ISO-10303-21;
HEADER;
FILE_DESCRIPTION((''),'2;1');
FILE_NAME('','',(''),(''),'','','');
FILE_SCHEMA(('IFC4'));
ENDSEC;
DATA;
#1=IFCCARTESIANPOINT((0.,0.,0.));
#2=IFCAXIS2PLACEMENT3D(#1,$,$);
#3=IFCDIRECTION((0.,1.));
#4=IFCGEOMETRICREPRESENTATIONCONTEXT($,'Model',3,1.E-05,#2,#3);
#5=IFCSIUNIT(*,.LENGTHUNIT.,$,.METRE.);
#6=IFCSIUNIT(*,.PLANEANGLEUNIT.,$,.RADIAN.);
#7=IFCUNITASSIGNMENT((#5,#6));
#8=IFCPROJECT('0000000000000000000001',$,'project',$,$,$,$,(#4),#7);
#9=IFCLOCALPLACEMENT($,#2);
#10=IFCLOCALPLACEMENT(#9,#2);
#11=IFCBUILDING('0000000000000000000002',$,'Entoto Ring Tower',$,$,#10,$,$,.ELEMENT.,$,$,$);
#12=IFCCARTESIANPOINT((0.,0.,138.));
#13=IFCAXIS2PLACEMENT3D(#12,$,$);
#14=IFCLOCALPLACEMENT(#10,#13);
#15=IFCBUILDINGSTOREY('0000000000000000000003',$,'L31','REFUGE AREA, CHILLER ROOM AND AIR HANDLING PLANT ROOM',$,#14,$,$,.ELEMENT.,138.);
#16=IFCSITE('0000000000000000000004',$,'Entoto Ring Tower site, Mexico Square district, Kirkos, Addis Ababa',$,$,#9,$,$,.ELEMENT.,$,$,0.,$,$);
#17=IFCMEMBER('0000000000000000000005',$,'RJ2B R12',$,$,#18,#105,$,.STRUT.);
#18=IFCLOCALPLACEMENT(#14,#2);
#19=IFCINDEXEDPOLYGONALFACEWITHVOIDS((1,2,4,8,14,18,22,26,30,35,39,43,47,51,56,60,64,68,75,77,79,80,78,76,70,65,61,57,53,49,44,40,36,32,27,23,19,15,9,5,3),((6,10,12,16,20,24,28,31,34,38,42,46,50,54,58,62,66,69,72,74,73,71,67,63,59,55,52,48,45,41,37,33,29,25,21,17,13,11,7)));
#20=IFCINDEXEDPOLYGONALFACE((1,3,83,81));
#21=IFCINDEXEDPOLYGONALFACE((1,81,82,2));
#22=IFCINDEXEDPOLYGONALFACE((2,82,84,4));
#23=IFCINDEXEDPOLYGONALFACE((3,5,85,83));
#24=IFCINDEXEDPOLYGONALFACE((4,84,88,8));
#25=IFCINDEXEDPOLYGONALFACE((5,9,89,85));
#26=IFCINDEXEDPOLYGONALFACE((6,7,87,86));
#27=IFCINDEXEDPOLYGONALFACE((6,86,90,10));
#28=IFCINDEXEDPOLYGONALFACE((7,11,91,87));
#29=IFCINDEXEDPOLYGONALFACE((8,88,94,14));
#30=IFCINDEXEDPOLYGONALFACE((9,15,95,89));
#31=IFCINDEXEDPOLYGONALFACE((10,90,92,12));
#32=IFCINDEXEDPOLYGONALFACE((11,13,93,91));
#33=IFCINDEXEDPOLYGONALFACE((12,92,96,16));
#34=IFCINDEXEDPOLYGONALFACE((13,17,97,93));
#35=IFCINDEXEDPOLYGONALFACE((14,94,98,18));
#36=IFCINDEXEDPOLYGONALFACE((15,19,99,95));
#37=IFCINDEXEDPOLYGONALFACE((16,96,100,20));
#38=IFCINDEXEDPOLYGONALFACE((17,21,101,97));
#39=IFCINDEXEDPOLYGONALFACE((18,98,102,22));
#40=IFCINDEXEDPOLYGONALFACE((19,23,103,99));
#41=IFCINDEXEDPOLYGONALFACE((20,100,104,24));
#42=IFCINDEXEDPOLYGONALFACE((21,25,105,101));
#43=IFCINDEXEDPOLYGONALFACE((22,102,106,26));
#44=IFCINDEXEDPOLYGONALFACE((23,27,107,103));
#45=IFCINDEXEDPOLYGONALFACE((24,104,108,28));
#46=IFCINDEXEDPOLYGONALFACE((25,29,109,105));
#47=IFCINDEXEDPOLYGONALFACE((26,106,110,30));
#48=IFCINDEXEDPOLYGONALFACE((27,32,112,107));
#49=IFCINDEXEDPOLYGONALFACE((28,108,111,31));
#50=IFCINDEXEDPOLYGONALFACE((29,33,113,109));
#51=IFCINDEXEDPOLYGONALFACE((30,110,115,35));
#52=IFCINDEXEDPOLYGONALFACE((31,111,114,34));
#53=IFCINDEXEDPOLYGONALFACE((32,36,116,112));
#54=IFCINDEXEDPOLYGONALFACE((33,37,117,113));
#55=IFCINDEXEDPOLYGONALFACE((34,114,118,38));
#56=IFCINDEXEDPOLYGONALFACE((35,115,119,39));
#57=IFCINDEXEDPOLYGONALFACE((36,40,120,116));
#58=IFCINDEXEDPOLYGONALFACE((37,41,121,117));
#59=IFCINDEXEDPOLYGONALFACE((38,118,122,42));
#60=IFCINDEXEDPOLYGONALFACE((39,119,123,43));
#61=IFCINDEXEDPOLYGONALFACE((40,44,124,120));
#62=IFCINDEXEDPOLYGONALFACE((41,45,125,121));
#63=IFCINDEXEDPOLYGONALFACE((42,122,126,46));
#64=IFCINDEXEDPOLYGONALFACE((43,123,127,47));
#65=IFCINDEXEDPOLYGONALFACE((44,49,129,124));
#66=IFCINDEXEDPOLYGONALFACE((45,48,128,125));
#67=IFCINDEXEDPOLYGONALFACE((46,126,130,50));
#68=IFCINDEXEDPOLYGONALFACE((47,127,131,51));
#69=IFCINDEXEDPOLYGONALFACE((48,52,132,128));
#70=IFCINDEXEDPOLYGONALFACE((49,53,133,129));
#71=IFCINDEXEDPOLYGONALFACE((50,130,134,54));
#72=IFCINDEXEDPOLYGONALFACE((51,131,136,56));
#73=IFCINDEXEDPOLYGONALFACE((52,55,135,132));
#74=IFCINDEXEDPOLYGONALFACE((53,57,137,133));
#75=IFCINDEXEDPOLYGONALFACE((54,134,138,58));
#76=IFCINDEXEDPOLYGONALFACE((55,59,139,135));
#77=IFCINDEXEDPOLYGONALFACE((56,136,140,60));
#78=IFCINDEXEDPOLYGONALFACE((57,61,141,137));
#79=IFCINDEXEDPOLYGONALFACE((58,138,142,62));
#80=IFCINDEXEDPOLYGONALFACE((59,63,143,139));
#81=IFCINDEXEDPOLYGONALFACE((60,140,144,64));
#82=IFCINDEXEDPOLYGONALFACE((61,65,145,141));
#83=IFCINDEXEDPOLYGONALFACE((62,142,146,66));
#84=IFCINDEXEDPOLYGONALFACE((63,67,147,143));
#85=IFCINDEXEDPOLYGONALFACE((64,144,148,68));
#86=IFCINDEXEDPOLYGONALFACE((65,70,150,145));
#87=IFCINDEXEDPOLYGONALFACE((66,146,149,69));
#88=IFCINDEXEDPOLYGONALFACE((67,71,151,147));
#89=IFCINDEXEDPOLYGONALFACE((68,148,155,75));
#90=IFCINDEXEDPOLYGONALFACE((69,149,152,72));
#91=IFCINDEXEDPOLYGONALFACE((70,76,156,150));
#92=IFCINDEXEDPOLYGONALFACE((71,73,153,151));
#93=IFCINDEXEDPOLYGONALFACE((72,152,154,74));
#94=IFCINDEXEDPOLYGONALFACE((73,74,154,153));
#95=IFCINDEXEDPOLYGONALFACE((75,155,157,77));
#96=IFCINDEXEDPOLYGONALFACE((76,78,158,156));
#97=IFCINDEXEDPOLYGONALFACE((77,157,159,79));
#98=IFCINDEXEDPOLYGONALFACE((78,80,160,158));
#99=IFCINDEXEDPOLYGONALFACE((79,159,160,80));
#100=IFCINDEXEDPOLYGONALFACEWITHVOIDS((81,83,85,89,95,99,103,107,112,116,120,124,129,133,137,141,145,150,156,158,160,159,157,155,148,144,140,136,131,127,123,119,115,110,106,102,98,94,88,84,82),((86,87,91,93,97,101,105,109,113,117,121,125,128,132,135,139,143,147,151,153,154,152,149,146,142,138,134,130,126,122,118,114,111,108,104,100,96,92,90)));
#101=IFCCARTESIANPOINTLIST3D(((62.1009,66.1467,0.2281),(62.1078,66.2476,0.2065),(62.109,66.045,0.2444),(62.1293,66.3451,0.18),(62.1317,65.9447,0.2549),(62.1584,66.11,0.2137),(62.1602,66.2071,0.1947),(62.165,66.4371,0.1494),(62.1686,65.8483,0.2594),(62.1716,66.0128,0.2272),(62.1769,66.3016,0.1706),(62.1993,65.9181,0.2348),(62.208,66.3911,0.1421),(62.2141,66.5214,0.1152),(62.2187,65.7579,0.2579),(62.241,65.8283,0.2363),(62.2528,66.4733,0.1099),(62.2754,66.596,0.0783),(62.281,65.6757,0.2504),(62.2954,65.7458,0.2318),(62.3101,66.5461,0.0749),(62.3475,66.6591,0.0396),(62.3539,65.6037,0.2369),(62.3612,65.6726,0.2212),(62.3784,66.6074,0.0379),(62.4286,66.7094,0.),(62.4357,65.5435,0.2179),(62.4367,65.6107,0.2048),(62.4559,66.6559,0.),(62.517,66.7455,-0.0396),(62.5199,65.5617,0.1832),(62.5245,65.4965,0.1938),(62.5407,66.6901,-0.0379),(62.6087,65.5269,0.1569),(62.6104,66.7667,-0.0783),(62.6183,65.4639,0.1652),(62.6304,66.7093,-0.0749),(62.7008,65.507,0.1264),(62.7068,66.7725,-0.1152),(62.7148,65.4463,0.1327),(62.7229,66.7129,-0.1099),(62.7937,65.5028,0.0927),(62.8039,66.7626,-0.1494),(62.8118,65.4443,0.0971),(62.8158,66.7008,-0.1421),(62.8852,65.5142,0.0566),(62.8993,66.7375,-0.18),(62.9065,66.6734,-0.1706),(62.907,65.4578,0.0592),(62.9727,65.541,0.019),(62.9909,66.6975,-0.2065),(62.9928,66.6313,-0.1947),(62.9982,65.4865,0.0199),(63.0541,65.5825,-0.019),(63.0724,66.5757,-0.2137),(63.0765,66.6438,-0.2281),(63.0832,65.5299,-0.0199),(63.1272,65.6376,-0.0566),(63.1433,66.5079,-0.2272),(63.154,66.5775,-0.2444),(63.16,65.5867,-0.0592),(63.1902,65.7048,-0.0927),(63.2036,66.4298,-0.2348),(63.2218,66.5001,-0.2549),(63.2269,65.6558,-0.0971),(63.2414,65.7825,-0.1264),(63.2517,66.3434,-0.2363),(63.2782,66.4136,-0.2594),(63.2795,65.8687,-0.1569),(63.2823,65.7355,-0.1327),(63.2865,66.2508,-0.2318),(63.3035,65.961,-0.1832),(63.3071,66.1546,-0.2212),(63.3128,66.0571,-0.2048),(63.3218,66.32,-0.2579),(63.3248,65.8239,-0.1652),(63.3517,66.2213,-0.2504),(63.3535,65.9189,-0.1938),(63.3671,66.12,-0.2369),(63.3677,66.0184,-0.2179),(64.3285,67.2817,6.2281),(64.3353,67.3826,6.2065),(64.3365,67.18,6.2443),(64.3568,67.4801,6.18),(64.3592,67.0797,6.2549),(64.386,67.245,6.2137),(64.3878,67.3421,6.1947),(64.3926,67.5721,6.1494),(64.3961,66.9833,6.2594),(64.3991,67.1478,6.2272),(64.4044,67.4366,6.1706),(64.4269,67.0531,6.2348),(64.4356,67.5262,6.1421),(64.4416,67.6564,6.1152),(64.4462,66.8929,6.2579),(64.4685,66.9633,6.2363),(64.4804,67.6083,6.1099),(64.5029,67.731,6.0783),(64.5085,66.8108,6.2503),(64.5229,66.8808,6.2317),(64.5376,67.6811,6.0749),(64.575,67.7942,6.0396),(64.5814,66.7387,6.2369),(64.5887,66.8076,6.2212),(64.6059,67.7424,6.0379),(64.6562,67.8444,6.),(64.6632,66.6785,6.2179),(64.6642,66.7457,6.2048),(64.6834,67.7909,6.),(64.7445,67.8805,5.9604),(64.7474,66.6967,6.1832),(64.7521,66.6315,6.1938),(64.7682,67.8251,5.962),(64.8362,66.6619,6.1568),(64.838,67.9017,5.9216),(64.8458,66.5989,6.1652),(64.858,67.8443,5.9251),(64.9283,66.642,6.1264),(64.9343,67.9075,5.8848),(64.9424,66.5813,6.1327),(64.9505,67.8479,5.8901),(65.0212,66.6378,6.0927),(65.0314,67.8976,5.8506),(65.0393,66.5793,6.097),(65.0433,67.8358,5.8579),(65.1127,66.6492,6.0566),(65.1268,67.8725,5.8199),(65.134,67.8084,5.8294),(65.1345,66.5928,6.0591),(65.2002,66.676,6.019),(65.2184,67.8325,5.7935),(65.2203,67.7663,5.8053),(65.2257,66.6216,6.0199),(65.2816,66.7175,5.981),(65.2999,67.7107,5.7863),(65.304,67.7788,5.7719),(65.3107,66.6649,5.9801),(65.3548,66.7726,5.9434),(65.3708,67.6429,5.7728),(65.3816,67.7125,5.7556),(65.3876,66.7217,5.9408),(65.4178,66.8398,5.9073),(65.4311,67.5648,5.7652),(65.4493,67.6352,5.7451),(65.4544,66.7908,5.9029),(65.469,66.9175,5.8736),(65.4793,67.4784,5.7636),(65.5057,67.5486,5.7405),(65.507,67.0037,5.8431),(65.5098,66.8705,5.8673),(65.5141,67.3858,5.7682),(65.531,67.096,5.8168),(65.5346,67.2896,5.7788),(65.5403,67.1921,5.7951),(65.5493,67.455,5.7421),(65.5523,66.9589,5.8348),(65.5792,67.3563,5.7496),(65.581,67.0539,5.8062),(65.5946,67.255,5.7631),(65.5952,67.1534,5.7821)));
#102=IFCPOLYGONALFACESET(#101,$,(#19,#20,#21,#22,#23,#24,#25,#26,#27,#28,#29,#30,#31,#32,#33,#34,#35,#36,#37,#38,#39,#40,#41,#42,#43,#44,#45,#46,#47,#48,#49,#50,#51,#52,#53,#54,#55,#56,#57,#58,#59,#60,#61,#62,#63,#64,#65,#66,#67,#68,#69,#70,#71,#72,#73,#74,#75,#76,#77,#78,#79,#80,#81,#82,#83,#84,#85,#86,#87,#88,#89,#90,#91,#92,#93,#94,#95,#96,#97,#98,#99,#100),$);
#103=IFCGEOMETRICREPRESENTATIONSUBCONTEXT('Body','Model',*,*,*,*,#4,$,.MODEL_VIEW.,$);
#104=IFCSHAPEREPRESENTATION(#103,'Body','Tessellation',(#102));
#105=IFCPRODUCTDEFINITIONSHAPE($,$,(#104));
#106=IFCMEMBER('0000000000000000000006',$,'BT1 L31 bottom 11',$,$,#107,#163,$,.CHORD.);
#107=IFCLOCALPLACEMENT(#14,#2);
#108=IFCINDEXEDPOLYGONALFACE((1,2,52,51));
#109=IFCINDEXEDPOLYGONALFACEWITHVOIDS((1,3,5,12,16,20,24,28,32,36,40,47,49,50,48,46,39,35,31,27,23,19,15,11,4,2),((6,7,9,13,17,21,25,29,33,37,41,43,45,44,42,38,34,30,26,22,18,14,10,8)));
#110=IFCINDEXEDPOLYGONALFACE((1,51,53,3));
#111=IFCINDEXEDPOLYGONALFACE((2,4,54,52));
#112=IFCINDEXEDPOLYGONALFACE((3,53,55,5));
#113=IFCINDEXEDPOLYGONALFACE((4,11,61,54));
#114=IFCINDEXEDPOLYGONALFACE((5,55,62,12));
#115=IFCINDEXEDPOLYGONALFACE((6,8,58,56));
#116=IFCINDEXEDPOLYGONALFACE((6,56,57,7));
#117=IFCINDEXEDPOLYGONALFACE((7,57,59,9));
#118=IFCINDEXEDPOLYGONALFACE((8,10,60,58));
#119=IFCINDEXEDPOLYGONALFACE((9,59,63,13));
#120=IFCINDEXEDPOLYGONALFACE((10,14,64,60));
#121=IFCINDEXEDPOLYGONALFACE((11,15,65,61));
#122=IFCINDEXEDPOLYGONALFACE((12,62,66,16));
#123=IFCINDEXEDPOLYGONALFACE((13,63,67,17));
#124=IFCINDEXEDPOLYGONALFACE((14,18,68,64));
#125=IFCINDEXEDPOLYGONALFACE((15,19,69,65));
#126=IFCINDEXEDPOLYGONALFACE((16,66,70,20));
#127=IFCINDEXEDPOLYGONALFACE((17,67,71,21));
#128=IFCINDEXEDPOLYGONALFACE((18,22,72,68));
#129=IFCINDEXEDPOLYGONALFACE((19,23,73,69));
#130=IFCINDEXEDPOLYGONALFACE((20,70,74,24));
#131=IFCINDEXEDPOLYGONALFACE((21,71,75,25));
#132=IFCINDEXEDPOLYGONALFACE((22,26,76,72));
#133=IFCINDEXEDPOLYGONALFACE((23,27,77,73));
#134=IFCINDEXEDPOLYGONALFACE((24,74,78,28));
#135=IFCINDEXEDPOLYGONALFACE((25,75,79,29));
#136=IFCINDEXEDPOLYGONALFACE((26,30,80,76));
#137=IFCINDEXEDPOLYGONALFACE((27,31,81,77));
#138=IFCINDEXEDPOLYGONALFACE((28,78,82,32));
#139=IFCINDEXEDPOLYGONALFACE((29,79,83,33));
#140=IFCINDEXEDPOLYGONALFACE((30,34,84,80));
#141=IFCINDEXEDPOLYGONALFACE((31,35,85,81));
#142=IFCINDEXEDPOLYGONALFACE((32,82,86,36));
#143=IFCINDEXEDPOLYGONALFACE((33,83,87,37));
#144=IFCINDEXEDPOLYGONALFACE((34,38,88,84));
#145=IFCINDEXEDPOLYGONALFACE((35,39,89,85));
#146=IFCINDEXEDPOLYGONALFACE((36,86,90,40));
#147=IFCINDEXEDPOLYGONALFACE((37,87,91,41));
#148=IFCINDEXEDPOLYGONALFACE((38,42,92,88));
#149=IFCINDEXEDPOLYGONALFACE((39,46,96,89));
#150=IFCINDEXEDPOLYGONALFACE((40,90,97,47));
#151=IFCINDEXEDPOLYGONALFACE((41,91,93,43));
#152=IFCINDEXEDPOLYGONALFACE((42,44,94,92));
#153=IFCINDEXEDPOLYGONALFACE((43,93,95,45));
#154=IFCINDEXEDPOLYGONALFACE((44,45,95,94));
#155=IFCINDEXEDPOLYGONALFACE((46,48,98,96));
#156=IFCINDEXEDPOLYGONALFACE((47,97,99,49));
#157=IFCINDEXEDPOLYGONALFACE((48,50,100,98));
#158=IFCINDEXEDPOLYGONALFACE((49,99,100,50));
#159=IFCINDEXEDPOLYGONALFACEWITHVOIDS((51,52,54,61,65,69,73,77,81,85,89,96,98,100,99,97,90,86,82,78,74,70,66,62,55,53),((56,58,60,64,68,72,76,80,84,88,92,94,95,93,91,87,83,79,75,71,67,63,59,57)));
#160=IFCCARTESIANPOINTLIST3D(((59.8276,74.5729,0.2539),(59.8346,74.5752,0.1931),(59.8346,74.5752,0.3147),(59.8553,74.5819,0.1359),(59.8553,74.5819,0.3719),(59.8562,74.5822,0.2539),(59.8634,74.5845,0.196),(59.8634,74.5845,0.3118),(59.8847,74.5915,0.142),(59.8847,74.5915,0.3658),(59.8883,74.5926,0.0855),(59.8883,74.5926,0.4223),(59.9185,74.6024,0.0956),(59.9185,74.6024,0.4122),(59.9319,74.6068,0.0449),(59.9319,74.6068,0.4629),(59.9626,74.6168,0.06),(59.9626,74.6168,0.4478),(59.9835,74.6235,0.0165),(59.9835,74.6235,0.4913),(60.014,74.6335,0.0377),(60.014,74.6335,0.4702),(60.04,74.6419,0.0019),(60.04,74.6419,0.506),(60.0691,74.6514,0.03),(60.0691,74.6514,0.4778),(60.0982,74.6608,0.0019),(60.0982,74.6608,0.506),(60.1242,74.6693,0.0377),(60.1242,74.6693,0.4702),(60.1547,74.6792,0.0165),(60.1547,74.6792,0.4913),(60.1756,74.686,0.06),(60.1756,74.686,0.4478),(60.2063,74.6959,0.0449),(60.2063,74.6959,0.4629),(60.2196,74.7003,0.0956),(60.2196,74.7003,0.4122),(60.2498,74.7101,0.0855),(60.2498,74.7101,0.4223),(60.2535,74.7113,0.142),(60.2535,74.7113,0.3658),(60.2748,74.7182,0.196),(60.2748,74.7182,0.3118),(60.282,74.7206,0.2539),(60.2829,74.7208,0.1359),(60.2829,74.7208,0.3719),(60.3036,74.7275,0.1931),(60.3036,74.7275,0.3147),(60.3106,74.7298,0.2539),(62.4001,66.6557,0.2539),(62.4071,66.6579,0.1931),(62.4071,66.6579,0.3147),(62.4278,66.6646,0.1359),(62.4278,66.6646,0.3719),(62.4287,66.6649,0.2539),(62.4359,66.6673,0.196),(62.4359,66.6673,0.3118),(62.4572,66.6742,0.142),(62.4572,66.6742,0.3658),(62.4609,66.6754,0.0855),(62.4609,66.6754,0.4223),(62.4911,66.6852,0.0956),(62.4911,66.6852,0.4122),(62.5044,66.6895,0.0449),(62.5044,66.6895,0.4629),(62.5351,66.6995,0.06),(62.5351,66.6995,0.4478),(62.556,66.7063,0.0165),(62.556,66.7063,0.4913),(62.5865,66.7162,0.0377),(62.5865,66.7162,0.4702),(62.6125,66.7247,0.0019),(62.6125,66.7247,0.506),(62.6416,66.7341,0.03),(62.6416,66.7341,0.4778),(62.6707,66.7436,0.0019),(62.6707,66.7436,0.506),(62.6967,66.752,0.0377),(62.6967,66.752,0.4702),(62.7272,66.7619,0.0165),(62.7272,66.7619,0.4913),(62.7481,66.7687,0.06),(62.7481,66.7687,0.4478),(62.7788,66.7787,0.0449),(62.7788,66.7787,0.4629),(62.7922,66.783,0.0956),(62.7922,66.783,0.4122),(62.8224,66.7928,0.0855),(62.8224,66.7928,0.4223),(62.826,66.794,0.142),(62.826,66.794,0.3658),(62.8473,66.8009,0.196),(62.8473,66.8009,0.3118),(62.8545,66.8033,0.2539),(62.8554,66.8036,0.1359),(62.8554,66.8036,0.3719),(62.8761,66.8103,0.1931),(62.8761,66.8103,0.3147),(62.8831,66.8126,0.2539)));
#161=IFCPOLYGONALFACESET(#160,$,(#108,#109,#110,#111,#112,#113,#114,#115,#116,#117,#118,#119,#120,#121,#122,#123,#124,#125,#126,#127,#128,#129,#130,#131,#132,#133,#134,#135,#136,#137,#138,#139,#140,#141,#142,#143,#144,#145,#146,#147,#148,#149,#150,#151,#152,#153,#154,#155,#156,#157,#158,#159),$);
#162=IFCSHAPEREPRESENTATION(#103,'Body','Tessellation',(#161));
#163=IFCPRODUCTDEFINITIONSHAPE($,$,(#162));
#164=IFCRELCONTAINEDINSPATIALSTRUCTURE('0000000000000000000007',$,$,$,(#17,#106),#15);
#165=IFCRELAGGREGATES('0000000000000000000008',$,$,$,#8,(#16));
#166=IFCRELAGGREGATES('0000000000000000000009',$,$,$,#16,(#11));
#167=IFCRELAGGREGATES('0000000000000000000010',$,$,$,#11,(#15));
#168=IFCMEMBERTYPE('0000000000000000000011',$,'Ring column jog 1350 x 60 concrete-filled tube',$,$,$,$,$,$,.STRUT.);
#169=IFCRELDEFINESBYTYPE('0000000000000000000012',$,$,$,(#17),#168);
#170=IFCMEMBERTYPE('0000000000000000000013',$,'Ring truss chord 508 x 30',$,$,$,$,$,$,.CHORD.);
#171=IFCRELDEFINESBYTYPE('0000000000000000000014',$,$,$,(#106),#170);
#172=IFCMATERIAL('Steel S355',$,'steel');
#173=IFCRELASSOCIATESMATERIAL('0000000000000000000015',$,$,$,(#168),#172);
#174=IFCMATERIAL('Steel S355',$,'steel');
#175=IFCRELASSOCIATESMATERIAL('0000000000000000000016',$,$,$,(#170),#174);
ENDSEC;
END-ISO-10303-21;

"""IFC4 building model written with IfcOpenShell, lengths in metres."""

from ifc_helpers import new_model, si_unit, direction, frame, origin, origin_2d, place, context, subcontext, project, spatial, circle, hollow_circle, extrude, material, material_profile, profile_set, type_object, element, save


model = new_model("IFC4")

# Units and contexts
model_context = context("Model", 3, precision=1e-05, world=origin(), true_north=direction((0.0, 1.0)))
body_context = subcontext(model_context, "Body", "Model", "MODEL_VIEW")
ifc_project = project(units=[si_unit("LENGTHUNIT", "METRE"), si_unit("PLANEANGLEUNIT", "RADIAN")], contexts=[model_context])

# Site, building, storey
site_placement = place(None, origin())
site = spatial("IfcSite", under=ifc_project, at=site_placement, Name="Entoto Ring Tower site, Mexico Square district, Kirkos, Addis Ababa", CompositionType="ELEMENT", RefElevation=0.0)
building_placement = place(site_placement, origin())
building = spatial("IfcBuilding", under=site, at=building_placement, Name="Entoto Ring Tower", CompositionType="ELEMENT")
storey_placement = place(building_placement, frame((0.0, 0.0, 138.0)))
storey = spatial("IfcBuildingStorey", under=building, at=storey_placement, Name="L31", Description="REFUGE AREA, CHILLER ROOM AND AIR HANDLING PLANT ROOM", CompositionType="ELEMENT", Elevation=138.0)

# Members
ifc_material_1 = material(Name="Steel S355", Category="steel")
ifc_material_profile_1 = material_profile(ifc_material_1, hollow_circle(Radius=0.675, WallThickness=0.0601, at=origin_2d()), Name="CHS 1350 x 60")
ifc_material_2 = material(Name="Concrete C60/75", Category="concrete")
ifc_material_profile_2 = material_profile(ifc_material_2, circle(Radius=0.615, at=origin_2d()), Name="Concrete C60/75 infill")
ifc_profile_set_1 = profile_set([ifc_material_profile_1, ifc_material_profile_2], Name="Steel S355")
member_type_1 = type_object("IfcMemberType", Name="Ring column jog 1350 x 60 concrete-filled tube", PredefinedType="STRUT", material=ifc_profile_set_1)
for number, where, z_axis, x_axis, name in (
    (1, (62.7351, 66.1079, 0.0), (0.342698, 0.174617, 0.923075), (-0.453997, 0.891003, 0.0), "RJ2B R12"),
):
    element("IfcMember", number, at=place(storey_placement, frame(where, z_axis=z_axis, x_axis=x_axis)), inside=storey, type_object=member_type_1, Name=name, PredefinedType="STRUT", context=body_context, shape_type="SweptSolid", body=[
        extrude(hollow_circle(Radius=0.675, WallThickness=0.0601, at=origin_2d()), origin(), (0.0, 0.0, 1.0), 6.5),
    ])
ifc_material_3 = material(Name="Steel S355", Category="steel")
ifc_material_profile_3 = material_profile(ifc_material_3, hollow_circle(Radius=0.2539, WallThickness=0.03, at=origin_2d()), Name="CHS 508 x 30")
ifc_material_4 = material(Name="Concrete C60/75", Category="concrete")
ifc_material_profile_4 = material_profile(ifc_material_4, circle(Radius=0.2241, at=origin_2d()), Name="Concrete C60/75 infill")
ifc_profile_set_2 = profile_set([ifc_material_profile_3, ifc_material_profile_4], Name="Steel S355")
member_type_2 = type_object("IfcMemberType", Name="Ring truss chord 508 x 30", PredefinedType="CHORD", material=ifc_profile_set_2)
member_1_placement = place(storey_placement, frame((60.0691, 74.6514, 0.2539), z_axis=(0.309022, -0.951055, 0.0), x_axis=(0.951055, 0.309022, 0.0)))
element("IfcMember", 2, at=member_1_placement, inside=storey, type_object=member_type_2, Name="BT1 L31 bottom 11", PredefinedType="CHORD", context=body_context, shape_type="SweptSolid", body=[
    extrude(hollow_circle(Radius=0.2539, WallThickness=0.03, at=origin_2d()), origin(), (0.0, 0.0, 1.0), 8.3247),
])

save(model, "model.ifc")
